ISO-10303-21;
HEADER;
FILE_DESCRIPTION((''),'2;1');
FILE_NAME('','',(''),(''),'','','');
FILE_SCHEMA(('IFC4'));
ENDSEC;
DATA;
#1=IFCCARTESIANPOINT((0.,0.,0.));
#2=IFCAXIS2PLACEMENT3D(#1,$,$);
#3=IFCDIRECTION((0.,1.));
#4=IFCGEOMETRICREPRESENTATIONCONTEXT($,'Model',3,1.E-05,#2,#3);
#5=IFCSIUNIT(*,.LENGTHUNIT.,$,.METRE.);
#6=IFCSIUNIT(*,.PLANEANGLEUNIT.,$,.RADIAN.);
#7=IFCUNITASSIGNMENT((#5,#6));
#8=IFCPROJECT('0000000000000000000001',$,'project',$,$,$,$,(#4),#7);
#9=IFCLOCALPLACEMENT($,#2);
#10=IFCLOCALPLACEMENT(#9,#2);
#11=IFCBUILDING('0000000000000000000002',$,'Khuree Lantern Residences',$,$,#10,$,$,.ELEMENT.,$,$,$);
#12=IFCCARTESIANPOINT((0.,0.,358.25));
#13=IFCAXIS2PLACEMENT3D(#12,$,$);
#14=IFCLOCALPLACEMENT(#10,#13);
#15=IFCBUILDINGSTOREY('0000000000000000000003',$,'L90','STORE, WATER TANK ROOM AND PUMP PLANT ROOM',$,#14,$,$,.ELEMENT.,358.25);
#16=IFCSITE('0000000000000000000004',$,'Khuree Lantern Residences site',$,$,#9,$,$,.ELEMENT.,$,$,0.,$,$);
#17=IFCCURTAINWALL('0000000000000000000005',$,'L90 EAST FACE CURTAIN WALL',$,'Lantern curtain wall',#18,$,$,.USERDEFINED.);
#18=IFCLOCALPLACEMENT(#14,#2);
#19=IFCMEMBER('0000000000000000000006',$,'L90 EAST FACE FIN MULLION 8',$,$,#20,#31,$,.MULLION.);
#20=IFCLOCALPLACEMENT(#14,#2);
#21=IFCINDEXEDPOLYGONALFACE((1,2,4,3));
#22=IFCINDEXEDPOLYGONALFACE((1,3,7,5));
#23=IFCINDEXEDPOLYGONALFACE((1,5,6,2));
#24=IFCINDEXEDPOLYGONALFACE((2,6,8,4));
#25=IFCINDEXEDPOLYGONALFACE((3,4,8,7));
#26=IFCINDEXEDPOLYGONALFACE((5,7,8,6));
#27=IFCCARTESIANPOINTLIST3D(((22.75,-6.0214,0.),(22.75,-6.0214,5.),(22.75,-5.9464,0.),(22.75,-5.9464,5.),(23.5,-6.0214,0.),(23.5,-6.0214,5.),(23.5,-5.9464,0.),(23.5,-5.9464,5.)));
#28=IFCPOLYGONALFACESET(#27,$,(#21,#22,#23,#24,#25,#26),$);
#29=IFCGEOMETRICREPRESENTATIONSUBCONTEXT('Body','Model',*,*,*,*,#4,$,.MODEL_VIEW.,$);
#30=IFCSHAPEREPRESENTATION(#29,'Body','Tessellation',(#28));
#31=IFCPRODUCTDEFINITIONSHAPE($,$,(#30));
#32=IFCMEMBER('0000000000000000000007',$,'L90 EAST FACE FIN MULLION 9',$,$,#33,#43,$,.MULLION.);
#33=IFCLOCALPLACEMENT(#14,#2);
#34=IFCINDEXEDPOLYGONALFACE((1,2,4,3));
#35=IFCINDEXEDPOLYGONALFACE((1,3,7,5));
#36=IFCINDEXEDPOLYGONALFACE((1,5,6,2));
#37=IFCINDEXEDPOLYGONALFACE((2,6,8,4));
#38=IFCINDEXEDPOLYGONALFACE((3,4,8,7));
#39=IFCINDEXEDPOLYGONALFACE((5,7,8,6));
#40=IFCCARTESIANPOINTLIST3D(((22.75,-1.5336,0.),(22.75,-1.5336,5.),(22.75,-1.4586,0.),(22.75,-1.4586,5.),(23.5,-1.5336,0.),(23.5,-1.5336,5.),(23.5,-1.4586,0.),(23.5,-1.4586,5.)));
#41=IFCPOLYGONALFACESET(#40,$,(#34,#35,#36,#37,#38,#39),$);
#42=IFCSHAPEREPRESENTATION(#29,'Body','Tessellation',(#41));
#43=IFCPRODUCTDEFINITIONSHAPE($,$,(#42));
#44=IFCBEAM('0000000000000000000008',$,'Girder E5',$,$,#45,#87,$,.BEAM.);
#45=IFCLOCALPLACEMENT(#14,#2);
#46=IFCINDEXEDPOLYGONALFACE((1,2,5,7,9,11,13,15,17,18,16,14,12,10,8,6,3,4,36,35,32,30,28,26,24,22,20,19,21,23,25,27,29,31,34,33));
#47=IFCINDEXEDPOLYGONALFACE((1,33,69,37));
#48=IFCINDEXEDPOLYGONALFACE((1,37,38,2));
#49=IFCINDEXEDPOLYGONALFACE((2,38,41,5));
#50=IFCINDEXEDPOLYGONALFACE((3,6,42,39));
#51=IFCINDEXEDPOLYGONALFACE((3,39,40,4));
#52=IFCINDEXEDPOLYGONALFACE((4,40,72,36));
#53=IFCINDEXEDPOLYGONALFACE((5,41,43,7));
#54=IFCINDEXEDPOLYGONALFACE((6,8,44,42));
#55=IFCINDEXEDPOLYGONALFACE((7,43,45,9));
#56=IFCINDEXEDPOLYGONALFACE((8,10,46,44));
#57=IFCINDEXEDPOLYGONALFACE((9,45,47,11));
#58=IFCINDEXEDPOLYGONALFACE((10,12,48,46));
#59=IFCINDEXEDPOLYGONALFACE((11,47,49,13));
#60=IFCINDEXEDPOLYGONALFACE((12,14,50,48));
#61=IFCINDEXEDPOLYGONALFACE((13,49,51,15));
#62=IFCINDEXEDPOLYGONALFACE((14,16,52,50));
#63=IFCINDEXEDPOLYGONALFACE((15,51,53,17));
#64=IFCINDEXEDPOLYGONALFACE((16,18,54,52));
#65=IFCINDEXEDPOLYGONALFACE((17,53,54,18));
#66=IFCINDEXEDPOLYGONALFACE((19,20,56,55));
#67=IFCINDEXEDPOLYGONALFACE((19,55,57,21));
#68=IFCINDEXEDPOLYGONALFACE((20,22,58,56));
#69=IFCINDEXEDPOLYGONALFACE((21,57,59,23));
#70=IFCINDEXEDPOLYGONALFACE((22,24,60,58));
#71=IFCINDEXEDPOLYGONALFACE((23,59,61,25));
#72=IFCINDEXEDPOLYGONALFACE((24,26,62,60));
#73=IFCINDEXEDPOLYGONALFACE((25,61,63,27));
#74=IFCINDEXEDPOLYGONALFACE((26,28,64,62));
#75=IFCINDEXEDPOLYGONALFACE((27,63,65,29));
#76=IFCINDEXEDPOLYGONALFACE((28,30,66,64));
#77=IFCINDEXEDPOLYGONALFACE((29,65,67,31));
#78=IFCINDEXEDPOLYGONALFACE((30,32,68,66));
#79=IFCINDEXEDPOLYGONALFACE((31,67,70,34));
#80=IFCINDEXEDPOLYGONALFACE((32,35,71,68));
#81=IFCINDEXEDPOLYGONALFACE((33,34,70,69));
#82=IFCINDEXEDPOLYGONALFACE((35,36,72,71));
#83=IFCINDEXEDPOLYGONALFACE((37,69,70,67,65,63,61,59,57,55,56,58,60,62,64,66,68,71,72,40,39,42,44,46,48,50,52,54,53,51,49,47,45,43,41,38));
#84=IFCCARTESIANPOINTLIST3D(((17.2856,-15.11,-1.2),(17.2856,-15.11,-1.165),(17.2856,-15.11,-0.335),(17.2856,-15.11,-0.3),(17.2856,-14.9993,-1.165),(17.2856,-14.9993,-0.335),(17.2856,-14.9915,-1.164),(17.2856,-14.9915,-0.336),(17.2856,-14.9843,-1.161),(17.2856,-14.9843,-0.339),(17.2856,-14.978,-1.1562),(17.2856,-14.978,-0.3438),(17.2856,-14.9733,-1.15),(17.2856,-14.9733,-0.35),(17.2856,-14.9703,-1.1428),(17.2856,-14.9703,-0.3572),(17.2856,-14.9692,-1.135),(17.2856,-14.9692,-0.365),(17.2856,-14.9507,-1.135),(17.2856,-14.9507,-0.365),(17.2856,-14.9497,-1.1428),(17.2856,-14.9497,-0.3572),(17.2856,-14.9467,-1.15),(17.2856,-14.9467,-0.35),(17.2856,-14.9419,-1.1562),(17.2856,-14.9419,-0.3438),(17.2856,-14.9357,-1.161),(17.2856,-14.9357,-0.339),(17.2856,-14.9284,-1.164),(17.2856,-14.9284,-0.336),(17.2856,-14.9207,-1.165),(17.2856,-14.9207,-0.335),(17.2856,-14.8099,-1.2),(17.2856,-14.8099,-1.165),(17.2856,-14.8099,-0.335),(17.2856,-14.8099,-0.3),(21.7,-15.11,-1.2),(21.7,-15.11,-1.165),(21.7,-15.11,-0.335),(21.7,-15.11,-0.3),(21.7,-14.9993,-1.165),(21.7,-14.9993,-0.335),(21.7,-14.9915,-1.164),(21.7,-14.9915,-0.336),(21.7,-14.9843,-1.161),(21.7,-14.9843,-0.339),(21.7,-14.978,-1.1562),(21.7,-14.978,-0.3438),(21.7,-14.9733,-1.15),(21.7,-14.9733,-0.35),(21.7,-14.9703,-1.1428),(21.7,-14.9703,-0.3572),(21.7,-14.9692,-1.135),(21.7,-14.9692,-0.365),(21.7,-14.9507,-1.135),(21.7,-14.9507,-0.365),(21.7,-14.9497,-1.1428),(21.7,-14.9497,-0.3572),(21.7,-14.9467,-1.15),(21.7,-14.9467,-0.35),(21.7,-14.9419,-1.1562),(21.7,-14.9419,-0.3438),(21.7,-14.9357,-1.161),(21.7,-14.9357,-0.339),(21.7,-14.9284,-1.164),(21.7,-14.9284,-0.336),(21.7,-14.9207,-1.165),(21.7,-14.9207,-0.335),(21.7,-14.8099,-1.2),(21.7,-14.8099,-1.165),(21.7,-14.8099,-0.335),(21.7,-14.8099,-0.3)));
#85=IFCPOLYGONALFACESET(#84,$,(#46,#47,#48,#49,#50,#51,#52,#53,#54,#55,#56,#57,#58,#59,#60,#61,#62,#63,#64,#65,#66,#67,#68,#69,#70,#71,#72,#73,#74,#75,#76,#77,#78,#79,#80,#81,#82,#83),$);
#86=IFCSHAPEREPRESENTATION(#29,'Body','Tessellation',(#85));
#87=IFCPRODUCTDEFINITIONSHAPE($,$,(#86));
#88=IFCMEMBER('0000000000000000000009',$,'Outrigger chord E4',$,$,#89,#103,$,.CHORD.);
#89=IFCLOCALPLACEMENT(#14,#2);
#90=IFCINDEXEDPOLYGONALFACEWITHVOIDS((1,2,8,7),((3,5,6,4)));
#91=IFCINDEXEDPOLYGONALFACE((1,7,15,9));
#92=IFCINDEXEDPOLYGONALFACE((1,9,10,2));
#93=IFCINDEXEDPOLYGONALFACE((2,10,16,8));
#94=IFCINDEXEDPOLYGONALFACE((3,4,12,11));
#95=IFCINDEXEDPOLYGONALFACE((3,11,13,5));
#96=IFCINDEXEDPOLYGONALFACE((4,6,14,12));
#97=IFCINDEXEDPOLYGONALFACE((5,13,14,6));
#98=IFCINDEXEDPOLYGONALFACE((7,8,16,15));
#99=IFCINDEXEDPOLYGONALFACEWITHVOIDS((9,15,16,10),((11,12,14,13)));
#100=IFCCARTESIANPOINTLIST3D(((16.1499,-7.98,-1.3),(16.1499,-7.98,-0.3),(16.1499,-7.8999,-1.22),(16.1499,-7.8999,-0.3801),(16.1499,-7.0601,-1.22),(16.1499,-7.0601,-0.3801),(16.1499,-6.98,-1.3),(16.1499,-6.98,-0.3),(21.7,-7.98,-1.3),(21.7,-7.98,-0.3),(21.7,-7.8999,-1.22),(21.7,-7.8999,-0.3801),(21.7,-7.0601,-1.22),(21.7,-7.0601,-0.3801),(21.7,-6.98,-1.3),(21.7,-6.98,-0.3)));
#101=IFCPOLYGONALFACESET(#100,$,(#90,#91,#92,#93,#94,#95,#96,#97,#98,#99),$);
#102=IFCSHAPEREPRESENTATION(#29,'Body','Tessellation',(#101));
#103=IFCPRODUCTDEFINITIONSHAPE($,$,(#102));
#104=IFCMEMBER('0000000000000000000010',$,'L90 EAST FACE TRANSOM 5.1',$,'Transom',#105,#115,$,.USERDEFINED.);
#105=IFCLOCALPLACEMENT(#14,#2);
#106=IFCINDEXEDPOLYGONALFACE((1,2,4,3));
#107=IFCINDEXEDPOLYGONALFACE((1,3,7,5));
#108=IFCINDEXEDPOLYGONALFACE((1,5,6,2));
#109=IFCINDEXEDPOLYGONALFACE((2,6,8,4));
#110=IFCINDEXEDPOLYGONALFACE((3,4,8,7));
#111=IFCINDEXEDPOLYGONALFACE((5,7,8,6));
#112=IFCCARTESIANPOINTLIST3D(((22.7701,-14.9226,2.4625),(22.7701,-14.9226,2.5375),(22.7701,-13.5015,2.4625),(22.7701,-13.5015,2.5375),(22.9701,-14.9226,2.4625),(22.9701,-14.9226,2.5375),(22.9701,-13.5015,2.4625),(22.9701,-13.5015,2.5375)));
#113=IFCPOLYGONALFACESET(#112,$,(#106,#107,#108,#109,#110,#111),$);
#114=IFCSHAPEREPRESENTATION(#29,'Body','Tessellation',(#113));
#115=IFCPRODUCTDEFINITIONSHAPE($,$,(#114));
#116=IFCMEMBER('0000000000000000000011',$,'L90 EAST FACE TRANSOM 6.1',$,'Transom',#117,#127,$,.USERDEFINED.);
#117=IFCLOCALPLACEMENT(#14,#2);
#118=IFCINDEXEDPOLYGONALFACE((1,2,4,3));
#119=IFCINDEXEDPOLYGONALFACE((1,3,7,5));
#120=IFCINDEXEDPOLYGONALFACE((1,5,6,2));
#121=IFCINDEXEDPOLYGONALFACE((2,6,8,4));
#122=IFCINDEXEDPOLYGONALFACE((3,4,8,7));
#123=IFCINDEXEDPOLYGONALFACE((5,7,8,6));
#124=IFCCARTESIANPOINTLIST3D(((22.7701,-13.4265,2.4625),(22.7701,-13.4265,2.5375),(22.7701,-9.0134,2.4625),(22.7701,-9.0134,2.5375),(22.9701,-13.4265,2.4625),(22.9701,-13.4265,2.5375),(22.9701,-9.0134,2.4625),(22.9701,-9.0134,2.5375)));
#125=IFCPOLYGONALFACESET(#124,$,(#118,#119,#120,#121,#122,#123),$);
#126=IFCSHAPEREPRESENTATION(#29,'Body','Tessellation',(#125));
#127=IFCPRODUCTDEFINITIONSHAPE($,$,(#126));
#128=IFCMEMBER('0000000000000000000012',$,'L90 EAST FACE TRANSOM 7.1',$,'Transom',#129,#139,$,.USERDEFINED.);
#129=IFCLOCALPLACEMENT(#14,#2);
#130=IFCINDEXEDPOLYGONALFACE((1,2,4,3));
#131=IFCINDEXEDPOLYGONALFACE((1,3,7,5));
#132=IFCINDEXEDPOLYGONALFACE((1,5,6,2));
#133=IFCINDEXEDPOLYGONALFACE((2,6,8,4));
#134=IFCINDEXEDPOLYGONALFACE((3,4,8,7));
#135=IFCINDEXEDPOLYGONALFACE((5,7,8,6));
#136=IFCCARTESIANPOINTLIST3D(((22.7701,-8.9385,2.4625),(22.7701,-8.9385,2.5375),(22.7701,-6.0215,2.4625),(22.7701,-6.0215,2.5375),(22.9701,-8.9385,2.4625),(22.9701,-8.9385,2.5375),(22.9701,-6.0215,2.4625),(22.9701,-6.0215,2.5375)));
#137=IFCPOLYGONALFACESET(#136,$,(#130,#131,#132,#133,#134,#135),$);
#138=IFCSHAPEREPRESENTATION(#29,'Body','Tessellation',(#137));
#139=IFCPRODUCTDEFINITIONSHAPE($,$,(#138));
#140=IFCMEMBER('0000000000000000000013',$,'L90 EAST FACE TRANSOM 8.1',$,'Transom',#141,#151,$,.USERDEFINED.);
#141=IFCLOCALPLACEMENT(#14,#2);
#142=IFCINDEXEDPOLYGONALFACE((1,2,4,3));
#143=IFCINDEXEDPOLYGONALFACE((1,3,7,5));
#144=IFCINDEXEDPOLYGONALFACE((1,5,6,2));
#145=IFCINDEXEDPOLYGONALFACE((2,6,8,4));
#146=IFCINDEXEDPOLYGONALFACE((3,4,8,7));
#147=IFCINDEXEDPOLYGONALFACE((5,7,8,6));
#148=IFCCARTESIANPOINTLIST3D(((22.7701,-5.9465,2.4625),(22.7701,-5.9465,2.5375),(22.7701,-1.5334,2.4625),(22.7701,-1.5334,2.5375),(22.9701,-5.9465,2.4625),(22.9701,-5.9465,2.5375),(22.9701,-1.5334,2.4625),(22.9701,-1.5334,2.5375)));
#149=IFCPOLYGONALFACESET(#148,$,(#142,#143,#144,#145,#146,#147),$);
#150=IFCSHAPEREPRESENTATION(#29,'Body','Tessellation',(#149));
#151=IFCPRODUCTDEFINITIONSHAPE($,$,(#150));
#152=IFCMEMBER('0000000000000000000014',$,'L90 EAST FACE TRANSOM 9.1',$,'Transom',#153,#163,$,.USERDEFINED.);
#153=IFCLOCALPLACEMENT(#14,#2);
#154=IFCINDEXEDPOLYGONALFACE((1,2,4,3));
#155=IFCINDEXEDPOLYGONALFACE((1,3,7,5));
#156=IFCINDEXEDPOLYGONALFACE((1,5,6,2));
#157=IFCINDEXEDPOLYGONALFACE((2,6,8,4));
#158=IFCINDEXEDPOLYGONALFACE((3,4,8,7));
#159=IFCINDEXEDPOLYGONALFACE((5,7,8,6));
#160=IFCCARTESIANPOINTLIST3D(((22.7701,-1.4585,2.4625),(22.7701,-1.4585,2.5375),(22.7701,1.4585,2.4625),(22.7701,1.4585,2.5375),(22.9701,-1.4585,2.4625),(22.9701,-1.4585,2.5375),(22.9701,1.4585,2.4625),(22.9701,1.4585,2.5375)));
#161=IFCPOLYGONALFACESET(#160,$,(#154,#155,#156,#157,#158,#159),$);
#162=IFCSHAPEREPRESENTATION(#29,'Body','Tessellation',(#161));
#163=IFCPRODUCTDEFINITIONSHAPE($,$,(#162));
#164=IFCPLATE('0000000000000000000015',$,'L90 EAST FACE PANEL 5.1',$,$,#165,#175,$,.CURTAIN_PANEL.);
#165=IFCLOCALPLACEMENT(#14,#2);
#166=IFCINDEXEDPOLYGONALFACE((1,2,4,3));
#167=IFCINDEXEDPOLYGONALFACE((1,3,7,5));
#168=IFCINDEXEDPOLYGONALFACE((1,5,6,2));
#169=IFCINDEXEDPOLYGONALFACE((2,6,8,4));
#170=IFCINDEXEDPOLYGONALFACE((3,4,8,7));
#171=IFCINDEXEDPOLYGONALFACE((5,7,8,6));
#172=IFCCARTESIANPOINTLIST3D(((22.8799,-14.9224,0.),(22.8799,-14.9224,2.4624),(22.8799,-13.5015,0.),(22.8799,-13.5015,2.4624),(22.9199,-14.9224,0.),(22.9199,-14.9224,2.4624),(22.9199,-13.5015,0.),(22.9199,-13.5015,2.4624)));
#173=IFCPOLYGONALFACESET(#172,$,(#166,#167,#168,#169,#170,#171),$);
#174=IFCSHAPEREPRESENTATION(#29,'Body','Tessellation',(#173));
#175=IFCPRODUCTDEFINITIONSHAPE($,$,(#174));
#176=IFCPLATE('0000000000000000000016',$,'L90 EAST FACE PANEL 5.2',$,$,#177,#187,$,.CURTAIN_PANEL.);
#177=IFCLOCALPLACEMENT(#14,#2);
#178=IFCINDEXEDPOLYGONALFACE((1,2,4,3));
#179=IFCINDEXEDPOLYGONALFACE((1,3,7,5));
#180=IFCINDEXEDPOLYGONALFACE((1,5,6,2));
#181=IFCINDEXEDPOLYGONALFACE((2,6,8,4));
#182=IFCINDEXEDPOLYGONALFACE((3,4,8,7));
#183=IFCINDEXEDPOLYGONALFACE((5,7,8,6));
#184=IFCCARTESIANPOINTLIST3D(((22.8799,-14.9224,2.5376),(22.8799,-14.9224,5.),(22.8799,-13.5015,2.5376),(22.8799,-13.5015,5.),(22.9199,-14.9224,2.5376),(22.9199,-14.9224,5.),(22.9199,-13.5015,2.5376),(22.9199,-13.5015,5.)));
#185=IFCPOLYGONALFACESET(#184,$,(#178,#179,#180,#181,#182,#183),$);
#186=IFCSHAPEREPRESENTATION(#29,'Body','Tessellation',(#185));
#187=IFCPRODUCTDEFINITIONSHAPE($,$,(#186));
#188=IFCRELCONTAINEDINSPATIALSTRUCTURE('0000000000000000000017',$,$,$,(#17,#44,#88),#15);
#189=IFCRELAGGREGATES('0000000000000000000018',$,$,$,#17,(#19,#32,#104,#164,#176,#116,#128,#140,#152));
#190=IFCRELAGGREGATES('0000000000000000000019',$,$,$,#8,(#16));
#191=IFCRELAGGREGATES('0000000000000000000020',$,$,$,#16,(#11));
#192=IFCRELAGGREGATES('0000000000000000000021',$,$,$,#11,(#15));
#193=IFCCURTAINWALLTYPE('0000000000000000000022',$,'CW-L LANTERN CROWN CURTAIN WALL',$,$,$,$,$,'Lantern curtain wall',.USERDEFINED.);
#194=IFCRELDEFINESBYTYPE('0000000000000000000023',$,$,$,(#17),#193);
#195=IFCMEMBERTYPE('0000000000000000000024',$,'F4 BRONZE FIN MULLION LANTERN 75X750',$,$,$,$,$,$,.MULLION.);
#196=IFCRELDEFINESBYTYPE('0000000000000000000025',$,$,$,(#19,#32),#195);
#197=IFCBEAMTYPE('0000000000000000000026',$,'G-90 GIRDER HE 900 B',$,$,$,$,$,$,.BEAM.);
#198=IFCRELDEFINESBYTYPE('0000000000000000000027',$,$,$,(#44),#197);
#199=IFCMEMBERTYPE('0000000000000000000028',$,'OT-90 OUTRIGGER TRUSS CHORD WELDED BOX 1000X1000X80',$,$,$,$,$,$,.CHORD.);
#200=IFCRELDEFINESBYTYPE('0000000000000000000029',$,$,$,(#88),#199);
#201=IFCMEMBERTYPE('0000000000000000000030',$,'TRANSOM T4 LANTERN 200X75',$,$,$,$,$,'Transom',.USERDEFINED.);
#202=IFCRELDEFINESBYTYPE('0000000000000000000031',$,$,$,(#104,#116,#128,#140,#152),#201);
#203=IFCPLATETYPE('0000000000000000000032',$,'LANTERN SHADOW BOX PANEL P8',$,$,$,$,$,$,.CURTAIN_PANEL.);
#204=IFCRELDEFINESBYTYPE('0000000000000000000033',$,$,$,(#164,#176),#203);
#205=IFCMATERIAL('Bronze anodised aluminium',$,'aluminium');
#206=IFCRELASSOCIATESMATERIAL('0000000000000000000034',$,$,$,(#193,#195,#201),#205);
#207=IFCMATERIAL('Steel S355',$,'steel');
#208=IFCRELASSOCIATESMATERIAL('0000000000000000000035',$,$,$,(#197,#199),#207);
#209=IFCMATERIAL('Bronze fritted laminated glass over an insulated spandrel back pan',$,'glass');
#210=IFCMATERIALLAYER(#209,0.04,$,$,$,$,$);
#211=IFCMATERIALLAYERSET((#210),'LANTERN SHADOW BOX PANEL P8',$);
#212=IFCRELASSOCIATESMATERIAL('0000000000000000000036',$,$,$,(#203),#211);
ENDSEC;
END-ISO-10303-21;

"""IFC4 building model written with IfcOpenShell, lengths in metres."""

from ifc_helpers import new_model, si_unit, direction, frame, origin, origin_2d, place, context, subcontext, project, spatial, rectangle, hollow_rectangle, i_section, extrude, material, layer, layer_set, material_profile, profile_set, type_object, element, aggregate, save


model = new_model("IFC4")

# Units and contexts
model_context = context("Model", 3, precision=1e-05, world=origin(), true_north=direction((0.0, 1.0)))
body_context = subcontext(model_context, "Body", "Model", "MODEL_VIEW")
ifc_project = project(units=[si_unit("LENGTHUNIT", "METRE"), si_unit("PLANEANGLEUNIT", "RADIAN")], contexts=[model_context])

# Site, building, storey
site_placement = place(None, origin())
site = spatial("IfcSite", under=ifc_project, at=site_placement, Name="Khuree Lantern Residences site", CompositionType="ELEMENT", RefElevation=0.0)
building_placement = place(site_placement, origin())
building = spatial("IfcBuilding", under=site, at=building_placement, Name="Khuree Lantern Residences", CompositionType="ELEMENT")
storey_placement = place(building_placement, frame((0.0, 0.0, 358.25)))
storey = spatial("IfcBuildingStorey", under=building, at=storey_placement, Name="L90", Description="STORE, WATER TANK ROOM AND PUMP PLANT ROOM", CompositionType="ELEMENT", Elevation=358.25)

# Shared definitions
ifc_material_1 = material(Name="Steel S355", Category="steel")

# Curtain wall, members
ifc_material_2 = material(Name="Bronze anodised aluminium", Category="aluminium")
curtain_wall_type = type_object("IfcCurtainWallType", Name="CW-L LANTERN CROWN CURTAIN WALL", ElementType="Lantern curtain wall", PredefinedType="USERDEFINED", material=ifc_material_2)
curtain_wall_placement = place(storey_placement, origin())
curtain_wall = element("IfcCurtainWall", 1, at=curtain_wall_placement, inside=storey, type_object=curtain_wall_type, Name="L90 EAST FACE CURTAIN WALL", ObjectType="Lantern curtain wall", PredefinedType="USERDEFINED")
ifc_material_profile_1 = material_profile(ifc_material_2, rectangle(XDim=0.075, YDim=0.75, at=origin_2d()), Name="F4 75X750")
ifc_profile_set_1 = profile_set([ifc_material_profile_1], Name="Bronze anodised aluminium")
member_type_1 = type_object("IfcMemberType", Name="F4 BRONZE FIN MULLION LANTERN 75X750", PredefinedType="MULLION", material=ifc_profile_set_1)
member_1_placement = place(storey_placement, frame((23.125, -5.9839, 0.0), z_axis=(0.0, 0.0, 1.0), x_axis=(0.0, 1.0, 0.0)))
member_1 = element("IfcMember", 2, at=member_1_placement, type_object=member_type_1, Name="L90 EAST FACE FIN MULLION 8", PredefinedType="MULLION", context=body_context, shape_type="SweptSolid", body=[
    extrude(rectangle(XDim=0.075, YDim=0.75, at=origin_2d()), origin(), (0.0, 0.0, 1.0), 5.0),
])
member_2_placement = place(storey_placement, frame((23.125, -1.4961, 0.0), z_axis=(0.0, 0.0, 1.0), x_axis=(0.0, 1.0, 0.0)))
member_2 = element("IfcMember", 3, at=member_2_placement, type_object=member_type_1, Name="L90 EAST FACE FIN MULLION 9", PredefinedType="MULLION", context=body_context, shape_type="SweptSolid", body=[
    extrude(rectangle(XDim=0.075, YDim=0.75, at=origin_2d()), origin(), (0.0, 0.0, 1.0), 5.0),
])

# Beam
ifc_material_profile_2 = material_profile(ifc_material_1, i_section(OverallWidth=0.3, OverallDepth=0.8999, WebThickness=0.0186, FlangeThickness=0.0349, FilletRadius=0.03, at=origin_2d()), Name="HE 900 B")
ifc_profile_set_2 = profile_set([ifc_material_profile_2], Name="Steel S355")
beam_type_1 = type_object("IfcBeamType", Name="G-90 GIRDER HE 900 B", PredefinedType="BEAM", material=ifc_profile_set_2)
beam_placement = place(storey_placement, frame((21.7, -14.96, -0.75), z_axis=(-1.0, 0.0, 0.0), x_axis=(0.0, -1.0, 0.0)))
element("IfcBeam", 4, at=beam_placement, inside=storey, type_object=beam_type_1, Name="Girder E5", PredefinedType="BEAM", context=body_context, shape_type="SweptSolid", body=[
    extrude(i_section(OverallWidth=0.3, OverallDepth=0.8999, WebThickness=0.0186, FlangeThickness=0.0349, FilletRadius=0.03, at=origin_2d()), origin(), (0.0, 0.0, 1.0), 4.4143),
])

# Members
ifc_material_profile_3 = material_profile(ifc_material_1, hollow_rectangle(XDim=1.0, YDim=1.0, WallThickness=0.0801, at=origin_2d()), Name="WELDED BOX 1000X1000X80")
ifc_profile_set_3 = profile_set([ifc_material_profile_3], Name="Steel S355")
member_type_2 = type_object("IfcMemberType", Name="OT-90 OUTRIGGER TRUSS CHORD WELDED BOX 1000X1000X80", PredefinedType="CHORD", material=ifc_profile_set_3)
member_3_placement = place(storey_placement, frame((21.7, -7.48, -0.8), z_axis=(-1.0, 0.0, 0.0), x_axis=(0.0, -1.0, 0.0)))
element("IfcMember", 5, at=member_3_placement, inside=storey, type_object=member_type_2, Name="Outrigger chord E4", PredefinedType="CHORD", context=body_context, shape_type="SweptSolid", body=[
    extrude(hollow_rectangle(XDim=1.0, YDim=1.0, WallThickness=0.0801, at=origin_2d()), origin(), (0.0, 0.0, 1.0), 5.55),
])
ifc_material_profile_4 = material_profile(ifc_material_2, rectangle(XDim=0.2, YDim=0.075, at=origin_2d()), Name="T4 200X75")
ifc_profile_set_4 = profile_set([ifc_material_profile_4], Name="Bronze anodised aluminium")
member_type_3 = type_object("IfcMemberType", Name="TRANSOM T4 LANTERN 200X75", ElementType="Transom", PredefinedType="USERDEFINED", material=ifc_profile_set_4)
member_4_placement = place(storey_placement, frame((22.8701, -14.9226, 2.5), z_axis=(0.0, 1.0, 0.0), x_axis=(-1.0, 0.0, 0.0)))
member_4 = element("IfcMember", 6, at=member_4_placement, type_object=member_type_3, Name="L90 EAST FACE TRANSOM 5.1", ObjectType="Transom", PredefinedType="USERDEFINED", context=body_context, shape_type="SweptSolid", body=[
    extrude(rectangle(XDim=0.2, YDim=0.075, at=origin_2d()), origin(), (0.0, 0.0, 1.0), 1.4211),
])
member_5_placement = place(storey_placement, frame((22.8701, -13.4265, 2.5), z_axis=(0.0, 1.0, 0.0), x_axis=(-1.0, 0.0, 0.0)))
member_5 = element("IfcMember", 7, at=member_5_placement, type_object=member_type_3, Name="L90 EAST FACE TRANSOM 6.1", ObjectType="Transom", PredefinedType="USERDEFINED", context=body_context, shape_type="SweptSolid", body=[
    extrude(rectangle(XDim=0.2, YDim=0.075, at=origin_2d()), origin(), (0.0, 0.0, 1.0), 4.4131),
])
member_6_placement = place(storey_placement, frame((22.8701, -8.9385, 2.5), z_axis=(0.0, 1.0, 0.0), x_axis=(-1.0, 0.0, 0.0)))
member_6 = element("IfcMember", 8, at=member_6_placement, type_object=member_type_3, Name="L90 EAST FACE TRANSOM 7.1", ObjectType="Transom", PredefinedType="USERDEFINED", context=body_context, shape_type="SweptSolid", body=[
    extrude(rectangle(XDim=0.2, YDim=0.075, at=origin_2d()), origin(), (0.0, 0.0, 1.0), 2.917),
])
member_7_placement = place(storey_placement, frame((22.8701, -5.9465, 2.5), z_axis=(0.0, 1.0, 0.0), x_axis=(-1.0, 0.0, 0.0)))
member_7 = element("IfcMember", 9, at=member_7_placement, type_object=member_type_3, Name="L90 EAST FACE TRANSOM 8.1", ObjectType="Transom", PredefinedType="USERDEFINED", context=body_context, shape_type="SweptSolid", body=[
    extrude(rectangle(XDim=0.2, YDim=0.075, at=origin_2d()), origin(), (0.0, 0.0, 1.0), 4.4131),
])
member_8_placement = place(storey_placement, frame((22.8701, -1.4585, 2.5), z_axis=(0.0, 1.0, 0.0), x_axis=(-1.0, 0.0, 0.0)))
member_8 = element("IfcMember", 10, at=member_8_placement, type_object=member_type_3, Name="L90 EAST FACE TRANSOM 9.1", ObjectType="Transom", PredefinedType="USERDEFINED", context=body_context, shape_type="SweptSolid", body=[
    extrude(rectangle(XDim=0.2, YDim=0.075, at=origin_2d()), origin(), (0.0, 0.0, 1.0), 2.917),
])

# Plates
ifc_material_3 = material(Name="Bronze fritted laminated glass over an insulated spandrel back pan", Category="glass")
ifc_layer = layer(ifc_material_3, 0.04)
ifc_layer_set = layer_set([ifc_layer], Name="LANTERN SHADOW BOX PANEL P8")
plate_type = type_object("IfcPlateType", Name="LANTERN SHADOW BOX PANEL P8", PredefinedType="CURTAIN_PANEL", material=ifc_layer_set)
plate_1_placement = place(storey_placement, frame((22.8999, -14.2119, 0.0), z_axis=(0.0, 0.0, 1.0), x_axis=(0.0, 1.0, 0.0)))
plate_1 = element("IfcPlate", 11, at=plate_1_placement, type_object=plate_type, Name="L90 EAST FACE PANEL 5.1", PredefinedType="CURTAIN_PANEL", context=body_context, shape_type="SweptSolid", body=[
    extrude(rectangle(XDim=1.4209, YDim=0.04, at=origin_2d()), origin(), (0.0, 0.0, 1.0), 2.4624),
])
plate_2_placement = place(storey_placement, frame((22.8999, -14.2119, 2.5376), z_axis=(0.0, 0.0, 1.0), x_axis=(0.0, 1.0, 0.0)))
plate_2 = element("IfcPlate", 12, at=plate_2_placement, type_object=plate_type, Name="L90 EAST FACE PANEL 5.2", PredefinedType="CURTAIN_PANEL", context=body_context, shape_type="SweptSolid", body=[
    extrude(rectangle(XDim=1.4209, YDim=0.04, at=origin_2d()), origin(), (0.0, 0.0, 1.0), 2.4624),
])
aggregate(curtain_wall, [member_1, member_2, member_4, plate_1, plate_2, member_5, member_6, member_7, member_8])

save(model, "model.ifc")
